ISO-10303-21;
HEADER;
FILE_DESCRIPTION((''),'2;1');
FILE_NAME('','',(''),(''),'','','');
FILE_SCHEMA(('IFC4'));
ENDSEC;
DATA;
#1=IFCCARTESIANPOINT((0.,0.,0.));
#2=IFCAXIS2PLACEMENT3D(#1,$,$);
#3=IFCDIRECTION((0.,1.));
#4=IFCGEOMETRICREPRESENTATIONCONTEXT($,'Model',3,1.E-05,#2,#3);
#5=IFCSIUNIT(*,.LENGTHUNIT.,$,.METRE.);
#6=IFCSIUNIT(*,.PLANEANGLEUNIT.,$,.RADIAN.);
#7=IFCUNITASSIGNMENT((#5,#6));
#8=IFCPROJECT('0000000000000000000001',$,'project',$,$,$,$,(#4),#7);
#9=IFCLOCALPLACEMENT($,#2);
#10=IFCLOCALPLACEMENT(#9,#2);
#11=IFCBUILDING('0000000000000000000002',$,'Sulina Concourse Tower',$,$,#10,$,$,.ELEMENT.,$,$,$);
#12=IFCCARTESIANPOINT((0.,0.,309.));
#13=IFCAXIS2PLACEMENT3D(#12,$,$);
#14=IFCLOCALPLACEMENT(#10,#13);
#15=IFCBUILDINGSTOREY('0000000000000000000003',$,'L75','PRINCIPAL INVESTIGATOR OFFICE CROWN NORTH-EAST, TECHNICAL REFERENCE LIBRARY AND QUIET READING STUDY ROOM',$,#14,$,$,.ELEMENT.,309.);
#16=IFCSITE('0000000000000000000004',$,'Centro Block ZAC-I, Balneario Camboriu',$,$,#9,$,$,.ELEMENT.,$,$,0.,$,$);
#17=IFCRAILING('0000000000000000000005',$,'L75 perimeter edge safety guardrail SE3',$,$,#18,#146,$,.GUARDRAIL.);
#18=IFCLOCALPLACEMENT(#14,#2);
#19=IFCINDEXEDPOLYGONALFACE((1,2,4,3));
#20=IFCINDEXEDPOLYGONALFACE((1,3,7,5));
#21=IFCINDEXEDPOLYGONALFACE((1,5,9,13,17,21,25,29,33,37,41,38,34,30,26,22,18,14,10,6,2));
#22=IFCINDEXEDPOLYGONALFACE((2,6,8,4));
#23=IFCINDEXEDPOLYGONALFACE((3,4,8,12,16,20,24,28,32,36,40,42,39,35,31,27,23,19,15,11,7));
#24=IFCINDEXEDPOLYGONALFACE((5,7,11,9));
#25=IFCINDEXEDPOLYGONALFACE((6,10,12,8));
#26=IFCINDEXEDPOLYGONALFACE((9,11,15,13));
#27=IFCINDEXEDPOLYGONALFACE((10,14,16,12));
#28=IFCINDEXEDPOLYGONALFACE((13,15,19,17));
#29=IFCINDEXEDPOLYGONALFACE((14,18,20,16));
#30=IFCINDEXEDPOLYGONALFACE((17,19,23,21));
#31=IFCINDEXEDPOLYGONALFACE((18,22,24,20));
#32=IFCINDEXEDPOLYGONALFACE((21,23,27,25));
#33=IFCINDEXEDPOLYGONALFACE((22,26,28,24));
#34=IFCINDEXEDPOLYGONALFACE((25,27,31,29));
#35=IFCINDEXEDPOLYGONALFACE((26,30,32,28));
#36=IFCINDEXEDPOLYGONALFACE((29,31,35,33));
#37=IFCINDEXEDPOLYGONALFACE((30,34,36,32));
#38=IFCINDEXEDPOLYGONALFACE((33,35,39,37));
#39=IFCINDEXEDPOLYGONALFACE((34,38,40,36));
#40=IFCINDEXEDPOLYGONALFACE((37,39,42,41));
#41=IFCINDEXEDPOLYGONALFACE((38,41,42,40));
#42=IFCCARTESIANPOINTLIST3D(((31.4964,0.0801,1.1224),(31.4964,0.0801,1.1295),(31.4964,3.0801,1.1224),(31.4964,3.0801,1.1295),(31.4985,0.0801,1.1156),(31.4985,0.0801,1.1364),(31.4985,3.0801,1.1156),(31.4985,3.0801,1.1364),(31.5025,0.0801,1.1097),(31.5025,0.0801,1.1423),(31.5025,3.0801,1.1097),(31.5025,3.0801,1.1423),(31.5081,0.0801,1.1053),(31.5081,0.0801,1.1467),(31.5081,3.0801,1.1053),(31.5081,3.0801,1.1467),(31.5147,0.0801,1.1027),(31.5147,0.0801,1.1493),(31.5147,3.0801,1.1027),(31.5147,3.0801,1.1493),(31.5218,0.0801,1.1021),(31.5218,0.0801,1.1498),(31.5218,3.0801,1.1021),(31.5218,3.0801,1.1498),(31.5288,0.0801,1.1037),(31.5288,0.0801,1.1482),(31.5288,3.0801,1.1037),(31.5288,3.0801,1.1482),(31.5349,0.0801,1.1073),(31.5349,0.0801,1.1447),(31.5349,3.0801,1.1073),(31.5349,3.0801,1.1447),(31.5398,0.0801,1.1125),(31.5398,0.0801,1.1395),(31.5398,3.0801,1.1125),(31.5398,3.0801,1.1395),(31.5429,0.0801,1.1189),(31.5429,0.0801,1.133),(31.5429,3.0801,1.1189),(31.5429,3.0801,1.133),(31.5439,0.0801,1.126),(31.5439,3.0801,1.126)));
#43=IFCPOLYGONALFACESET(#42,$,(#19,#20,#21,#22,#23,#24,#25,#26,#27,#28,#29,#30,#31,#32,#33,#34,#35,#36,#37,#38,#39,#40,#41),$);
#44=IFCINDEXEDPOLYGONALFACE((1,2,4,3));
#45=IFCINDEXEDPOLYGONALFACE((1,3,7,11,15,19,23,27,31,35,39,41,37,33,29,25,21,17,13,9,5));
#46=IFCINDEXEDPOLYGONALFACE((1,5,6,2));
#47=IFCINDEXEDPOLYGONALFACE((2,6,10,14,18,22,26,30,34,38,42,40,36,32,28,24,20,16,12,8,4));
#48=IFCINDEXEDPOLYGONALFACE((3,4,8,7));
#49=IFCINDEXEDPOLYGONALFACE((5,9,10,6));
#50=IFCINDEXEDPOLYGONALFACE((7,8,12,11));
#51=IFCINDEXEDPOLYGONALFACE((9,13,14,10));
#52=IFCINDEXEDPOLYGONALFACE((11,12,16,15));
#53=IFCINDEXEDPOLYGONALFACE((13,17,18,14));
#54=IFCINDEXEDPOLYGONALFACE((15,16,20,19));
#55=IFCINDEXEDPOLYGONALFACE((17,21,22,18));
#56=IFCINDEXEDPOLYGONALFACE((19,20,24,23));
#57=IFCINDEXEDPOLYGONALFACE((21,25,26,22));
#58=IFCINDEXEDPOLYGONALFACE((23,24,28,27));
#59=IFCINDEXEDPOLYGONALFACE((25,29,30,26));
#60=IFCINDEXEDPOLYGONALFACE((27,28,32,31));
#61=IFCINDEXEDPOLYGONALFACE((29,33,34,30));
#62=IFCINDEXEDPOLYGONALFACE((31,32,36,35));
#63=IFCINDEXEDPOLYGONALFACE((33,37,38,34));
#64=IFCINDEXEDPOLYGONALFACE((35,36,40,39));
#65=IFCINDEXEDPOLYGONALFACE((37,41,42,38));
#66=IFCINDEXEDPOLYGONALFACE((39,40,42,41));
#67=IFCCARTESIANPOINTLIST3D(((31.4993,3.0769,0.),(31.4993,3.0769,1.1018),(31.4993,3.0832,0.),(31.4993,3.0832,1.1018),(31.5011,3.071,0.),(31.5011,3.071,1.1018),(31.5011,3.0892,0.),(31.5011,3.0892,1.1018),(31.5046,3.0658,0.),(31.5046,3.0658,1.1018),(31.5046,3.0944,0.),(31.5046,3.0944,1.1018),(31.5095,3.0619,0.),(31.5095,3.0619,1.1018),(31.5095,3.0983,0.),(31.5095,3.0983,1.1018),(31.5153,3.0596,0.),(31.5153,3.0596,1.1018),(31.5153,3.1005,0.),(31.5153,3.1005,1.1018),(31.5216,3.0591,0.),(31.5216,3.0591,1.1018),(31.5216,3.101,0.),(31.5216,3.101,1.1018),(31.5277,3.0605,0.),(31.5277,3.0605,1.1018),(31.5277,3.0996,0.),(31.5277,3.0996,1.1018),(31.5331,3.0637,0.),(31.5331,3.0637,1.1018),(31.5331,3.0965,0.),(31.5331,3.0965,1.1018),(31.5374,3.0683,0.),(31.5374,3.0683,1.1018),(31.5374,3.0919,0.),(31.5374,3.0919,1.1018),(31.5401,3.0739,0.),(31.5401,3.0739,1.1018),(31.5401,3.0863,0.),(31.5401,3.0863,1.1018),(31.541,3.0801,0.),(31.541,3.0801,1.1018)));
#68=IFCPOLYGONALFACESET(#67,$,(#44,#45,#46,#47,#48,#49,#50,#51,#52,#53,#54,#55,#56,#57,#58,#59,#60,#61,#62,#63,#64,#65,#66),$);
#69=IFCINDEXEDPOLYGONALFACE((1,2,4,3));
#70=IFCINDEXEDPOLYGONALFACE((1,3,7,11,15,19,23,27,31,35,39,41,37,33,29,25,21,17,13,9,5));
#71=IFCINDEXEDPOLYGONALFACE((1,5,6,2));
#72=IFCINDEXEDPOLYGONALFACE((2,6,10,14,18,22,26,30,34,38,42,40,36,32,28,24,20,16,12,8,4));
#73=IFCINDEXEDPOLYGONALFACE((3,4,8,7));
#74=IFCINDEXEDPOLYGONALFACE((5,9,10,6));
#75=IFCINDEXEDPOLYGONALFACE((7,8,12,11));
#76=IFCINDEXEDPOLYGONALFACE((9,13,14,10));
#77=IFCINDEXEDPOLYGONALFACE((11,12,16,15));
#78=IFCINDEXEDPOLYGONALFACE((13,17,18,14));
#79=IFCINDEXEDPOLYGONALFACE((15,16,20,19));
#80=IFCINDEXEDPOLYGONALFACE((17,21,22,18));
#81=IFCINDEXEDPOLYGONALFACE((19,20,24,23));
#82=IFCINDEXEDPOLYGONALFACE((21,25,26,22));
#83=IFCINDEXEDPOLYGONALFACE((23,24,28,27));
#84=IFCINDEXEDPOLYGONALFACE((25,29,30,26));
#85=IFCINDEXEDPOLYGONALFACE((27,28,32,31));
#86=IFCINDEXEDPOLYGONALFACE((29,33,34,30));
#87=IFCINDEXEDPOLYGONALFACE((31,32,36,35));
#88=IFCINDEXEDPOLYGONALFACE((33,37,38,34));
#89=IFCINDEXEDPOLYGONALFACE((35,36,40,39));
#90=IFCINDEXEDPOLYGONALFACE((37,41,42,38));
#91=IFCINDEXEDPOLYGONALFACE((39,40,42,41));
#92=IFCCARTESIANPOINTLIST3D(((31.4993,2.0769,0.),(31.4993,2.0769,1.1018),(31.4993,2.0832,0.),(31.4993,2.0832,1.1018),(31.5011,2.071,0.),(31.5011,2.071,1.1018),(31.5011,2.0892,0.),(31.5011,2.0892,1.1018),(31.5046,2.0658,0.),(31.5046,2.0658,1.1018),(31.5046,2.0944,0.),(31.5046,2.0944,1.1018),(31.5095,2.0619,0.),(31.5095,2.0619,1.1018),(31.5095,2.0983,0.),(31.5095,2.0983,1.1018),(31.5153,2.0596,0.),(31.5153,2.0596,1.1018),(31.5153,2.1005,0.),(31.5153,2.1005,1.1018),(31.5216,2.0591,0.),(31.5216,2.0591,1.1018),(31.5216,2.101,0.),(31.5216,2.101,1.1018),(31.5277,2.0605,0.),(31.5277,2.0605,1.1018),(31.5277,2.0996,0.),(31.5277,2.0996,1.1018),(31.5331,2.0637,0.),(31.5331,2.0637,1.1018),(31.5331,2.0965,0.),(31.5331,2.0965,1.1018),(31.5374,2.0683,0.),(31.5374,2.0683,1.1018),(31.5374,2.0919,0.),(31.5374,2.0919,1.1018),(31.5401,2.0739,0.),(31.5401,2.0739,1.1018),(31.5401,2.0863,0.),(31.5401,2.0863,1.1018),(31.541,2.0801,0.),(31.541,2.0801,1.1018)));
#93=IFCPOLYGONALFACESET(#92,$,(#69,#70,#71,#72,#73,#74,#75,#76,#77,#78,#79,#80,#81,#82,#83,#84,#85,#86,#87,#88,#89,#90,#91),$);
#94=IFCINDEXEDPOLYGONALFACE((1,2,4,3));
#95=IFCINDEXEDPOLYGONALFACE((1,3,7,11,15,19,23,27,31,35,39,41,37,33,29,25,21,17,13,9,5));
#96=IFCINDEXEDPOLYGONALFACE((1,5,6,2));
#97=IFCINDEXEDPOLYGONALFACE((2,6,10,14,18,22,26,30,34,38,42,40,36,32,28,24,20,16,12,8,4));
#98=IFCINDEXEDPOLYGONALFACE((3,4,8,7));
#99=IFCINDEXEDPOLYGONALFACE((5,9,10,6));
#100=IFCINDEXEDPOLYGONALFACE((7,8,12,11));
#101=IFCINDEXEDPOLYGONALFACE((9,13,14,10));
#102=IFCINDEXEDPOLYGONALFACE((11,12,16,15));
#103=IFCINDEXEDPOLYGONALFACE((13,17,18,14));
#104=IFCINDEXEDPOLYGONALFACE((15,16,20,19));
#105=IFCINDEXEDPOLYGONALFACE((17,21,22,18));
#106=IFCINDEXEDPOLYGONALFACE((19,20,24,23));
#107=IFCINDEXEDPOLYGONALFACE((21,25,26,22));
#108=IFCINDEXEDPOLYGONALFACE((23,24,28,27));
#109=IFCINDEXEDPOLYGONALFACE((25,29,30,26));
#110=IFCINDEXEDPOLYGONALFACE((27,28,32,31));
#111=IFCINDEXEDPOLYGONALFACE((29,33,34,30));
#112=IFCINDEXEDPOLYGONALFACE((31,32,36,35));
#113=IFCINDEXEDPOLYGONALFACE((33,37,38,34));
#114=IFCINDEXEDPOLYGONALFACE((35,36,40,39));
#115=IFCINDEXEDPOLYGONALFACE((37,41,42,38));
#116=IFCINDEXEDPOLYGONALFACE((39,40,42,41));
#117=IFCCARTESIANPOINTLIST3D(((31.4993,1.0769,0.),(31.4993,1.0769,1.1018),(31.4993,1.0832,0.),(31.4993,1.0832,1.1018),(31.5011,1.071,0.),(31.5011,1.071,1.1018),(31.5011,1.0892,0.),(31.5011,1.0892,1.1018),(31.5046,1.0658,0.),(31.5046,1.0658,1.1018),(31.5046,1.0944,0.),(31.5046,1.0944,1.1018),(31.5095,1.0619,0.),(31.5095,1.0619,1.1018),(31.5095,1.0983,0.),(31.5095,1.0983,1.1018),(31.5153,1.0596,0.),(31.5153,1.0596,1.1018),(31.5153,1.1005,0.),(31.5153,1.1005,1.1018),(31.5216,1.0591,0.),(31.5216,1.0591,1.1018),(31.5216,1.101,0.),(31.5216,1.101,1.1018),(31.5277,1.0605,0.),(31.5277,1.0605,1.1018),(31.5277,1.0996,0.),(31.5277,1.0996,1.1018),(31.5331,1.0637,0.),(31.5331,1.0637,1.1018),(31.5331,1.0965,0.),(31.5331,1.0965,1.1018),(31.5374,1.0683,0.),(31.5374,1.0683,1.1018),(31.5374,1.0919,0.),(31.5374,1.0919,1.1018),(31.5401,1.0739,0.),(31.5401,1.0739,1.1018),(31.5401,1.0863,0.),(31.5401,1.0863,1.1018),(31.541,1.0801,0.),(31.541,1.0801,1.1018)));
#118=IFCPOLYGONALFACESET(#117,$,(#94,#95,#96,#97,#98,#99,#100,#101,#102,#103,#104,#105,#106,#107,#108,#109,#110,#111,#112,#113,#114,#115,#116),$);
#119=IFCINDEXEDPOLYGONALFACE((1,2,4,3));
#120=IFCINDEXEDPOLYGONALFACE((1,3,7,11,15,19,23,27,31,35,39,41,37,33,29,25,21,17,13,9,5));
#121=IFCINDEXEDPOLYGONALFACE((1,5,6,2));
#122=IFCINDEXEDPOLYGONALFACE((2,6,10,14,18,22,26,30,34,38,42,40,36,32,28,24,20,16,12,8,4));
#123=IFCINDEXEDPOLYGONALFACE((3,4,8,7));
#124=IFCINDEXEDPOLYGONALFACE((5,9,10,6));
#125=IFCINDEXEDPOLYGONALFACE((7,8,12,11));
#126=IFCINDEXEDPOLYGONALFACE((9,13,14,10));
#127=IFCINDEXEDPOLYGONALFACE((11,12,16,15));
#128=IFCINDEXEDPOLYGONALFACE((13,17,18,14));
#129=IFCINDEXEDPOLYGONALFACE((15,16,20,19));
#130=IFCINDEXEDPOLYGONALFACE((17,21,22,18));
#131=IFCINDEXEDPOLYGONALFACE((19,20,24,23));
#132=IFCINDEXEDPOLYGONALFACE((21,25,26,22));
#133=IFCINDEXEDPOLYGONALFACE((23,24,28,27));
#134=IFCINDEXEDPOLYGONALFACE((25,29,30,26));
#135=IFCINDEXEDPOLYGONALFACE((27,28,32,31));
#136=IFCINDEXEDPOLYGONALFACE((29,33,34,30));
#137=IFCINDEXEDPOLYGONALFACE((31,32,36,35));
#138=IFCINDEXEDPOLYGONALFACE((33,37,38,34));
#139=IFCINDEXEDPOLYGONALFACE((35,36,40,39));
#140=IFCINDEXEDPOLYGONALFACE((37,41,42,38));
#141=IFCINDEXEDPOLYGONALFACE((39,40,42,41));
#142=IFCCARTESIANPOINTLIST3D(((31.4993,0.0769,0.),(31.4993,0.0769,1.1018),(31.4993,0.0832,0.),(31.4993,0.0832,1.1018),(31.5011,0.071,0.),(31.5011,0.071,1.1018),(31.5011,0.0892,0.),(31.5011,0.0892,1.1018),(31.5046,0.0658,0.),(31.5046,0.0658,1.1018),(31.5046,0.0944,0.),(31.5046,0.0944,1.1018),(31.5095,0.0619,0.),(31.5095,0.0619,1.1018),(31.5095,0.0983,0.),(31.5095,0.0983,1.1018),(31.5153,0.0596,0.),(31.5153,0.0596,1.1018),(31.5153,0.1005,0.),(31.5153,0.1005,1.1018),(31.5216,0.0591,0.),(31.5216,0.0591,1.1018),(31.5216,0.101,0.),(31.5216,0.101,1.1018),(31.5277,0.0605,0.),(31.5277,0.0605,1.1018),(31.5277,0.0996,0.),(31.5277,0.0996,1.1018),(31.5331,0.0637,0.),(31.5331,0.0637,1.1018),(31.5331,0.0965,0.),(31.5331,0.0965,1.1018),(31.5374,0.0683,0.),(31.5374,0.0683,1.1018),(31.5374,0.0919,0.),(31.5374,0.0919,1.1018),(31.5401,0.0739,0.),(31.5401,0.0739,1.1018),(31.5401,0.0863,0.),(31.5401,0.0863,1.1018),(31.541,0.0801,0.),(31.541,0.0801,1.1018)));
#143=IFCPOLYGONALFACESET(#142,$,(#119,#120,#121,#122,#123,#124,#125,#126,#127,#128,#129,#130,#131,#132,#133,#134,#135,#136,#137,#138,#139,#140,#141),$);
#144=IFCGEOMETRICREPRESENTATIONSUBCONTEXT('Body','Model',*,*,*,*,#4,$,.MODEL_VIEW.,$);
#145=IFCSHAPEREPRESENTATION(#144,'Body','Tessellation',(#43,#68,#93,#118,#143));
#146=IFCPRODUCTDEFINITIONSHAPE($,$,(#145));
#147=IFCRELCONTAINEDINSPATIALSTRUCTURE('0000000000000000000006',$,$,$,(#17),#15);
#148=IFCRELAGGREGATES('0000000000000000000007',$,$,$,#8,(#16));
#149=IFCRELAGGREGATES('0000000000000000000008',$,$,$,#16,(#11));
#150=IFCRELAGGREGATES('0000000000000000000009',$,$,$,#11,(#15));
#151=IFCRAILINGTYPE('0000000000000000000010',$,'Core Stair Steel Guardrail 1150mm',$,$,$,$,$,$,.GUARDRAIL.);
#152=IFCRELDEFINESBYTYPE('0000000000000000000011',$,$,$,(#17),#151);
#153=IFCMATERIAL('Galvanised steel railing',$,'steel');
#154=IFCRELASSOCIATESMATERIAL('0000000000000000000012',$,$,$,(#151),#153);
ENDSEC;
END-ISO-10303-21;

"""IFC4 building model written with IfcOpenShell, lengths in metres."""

from ifc_helpers import new_model, si_unit, direction, frame, origin, origin_2d, place, context, subcontext, project, spatial, circle, extrude, material, type_object, element, save


model = new_model("IFC4")

# Units and contexts
model_context = context("Model", 3, precision=1e-05, world=origin(), true_north=direction((0.0, 1.0)))
body_context = subcontext(model_context, "Body", "Model", "MODEL_VIEW")
ifc_project = project(units=[si_unit("LENGTHUNIT", "METRE"), si_unit("PLANEANGLEUNIT", "RADIAN")], contexts=[model_context])

# Site, building, storey
site_placement = place(None, origin())
site = spatial("IfcSite", under=ifc_project, at=site_placement, Name="Centro Block ZAC-I, Balneario Camboriu", CompositionType="ELEMENT", RefElevation=0.0)
building_placement = place(site_placement, origin())
building = spatial("IfcBuilding", under=site, at=building_placement, Name="Sulina Concourse Tower", CompositionType="ELEMENT")
storey_placement = place(building_placement, frame((0.0, 0.0, 309.0)))
storey = spatial("IfcBuildingStorey", under=building, at=storey_placement, Name="L75", Description="PRINCIPAL INVESTIGATOR OFFICE CROWN NORTH-EAST, TECHNICAL REFERENCE LIBRARY AND QUIET READING STUDY ROOM", CompositionType="ELEMENT", Elevation=309.0)

# Railing
ifc_material_1 = material(Name="Galvanised steel railing", Category="steel")
railing_type = type_object("IfcRailingType", Name="Core Stair Steel Guardrail 1150mm", PredefinedType="GUARDRAIL", material=ifc_material_1)
railing_1_placement = place(storey_placement, frame((31.52, 3.0801, 0.0)))
element("IfcRailing", 1, at=railing_1_placement, inside=storey, type_object=railing_type, Name="L75 perimeter edge safety guardrail SE3", PredefinedType="GUARDRAIL", context=body_context, shape_type="SweptSolid", body=[
    extrude(circle(Radius=0.0239, at=origin_2d()), frame((0.0, 0.0, 1.126), z_axis=(0.0, -1.0, 0.0), x_axis=(1.0, 0.0, 0.0)), (0.0, 0.0, 1.0), 3.0),
    extrude(circle(Radius=0.021, at=origin_2d()), origin(), (0.0, 0.0, 1.0), 1.1018),
    extrude(circle(Radius=0.021, at=origin_2d()), frame((0.0, -1.0, 0.0)), (0.0, 0.0, 1.0), 1.1018),
    extrude(circle(Radius=0.021, at=origin_2d()), frame((0.0, -2.0, 0.0)), (0.0, 0.0, 1.0), 1.1018),
    extrude(circle(Radius=0.021, at=origin_2d()), frame((0.0, -3.0, 0.0)), (0.0, 0.0, 1.0), 1.1018),
])

save(model, "model.ifc")
